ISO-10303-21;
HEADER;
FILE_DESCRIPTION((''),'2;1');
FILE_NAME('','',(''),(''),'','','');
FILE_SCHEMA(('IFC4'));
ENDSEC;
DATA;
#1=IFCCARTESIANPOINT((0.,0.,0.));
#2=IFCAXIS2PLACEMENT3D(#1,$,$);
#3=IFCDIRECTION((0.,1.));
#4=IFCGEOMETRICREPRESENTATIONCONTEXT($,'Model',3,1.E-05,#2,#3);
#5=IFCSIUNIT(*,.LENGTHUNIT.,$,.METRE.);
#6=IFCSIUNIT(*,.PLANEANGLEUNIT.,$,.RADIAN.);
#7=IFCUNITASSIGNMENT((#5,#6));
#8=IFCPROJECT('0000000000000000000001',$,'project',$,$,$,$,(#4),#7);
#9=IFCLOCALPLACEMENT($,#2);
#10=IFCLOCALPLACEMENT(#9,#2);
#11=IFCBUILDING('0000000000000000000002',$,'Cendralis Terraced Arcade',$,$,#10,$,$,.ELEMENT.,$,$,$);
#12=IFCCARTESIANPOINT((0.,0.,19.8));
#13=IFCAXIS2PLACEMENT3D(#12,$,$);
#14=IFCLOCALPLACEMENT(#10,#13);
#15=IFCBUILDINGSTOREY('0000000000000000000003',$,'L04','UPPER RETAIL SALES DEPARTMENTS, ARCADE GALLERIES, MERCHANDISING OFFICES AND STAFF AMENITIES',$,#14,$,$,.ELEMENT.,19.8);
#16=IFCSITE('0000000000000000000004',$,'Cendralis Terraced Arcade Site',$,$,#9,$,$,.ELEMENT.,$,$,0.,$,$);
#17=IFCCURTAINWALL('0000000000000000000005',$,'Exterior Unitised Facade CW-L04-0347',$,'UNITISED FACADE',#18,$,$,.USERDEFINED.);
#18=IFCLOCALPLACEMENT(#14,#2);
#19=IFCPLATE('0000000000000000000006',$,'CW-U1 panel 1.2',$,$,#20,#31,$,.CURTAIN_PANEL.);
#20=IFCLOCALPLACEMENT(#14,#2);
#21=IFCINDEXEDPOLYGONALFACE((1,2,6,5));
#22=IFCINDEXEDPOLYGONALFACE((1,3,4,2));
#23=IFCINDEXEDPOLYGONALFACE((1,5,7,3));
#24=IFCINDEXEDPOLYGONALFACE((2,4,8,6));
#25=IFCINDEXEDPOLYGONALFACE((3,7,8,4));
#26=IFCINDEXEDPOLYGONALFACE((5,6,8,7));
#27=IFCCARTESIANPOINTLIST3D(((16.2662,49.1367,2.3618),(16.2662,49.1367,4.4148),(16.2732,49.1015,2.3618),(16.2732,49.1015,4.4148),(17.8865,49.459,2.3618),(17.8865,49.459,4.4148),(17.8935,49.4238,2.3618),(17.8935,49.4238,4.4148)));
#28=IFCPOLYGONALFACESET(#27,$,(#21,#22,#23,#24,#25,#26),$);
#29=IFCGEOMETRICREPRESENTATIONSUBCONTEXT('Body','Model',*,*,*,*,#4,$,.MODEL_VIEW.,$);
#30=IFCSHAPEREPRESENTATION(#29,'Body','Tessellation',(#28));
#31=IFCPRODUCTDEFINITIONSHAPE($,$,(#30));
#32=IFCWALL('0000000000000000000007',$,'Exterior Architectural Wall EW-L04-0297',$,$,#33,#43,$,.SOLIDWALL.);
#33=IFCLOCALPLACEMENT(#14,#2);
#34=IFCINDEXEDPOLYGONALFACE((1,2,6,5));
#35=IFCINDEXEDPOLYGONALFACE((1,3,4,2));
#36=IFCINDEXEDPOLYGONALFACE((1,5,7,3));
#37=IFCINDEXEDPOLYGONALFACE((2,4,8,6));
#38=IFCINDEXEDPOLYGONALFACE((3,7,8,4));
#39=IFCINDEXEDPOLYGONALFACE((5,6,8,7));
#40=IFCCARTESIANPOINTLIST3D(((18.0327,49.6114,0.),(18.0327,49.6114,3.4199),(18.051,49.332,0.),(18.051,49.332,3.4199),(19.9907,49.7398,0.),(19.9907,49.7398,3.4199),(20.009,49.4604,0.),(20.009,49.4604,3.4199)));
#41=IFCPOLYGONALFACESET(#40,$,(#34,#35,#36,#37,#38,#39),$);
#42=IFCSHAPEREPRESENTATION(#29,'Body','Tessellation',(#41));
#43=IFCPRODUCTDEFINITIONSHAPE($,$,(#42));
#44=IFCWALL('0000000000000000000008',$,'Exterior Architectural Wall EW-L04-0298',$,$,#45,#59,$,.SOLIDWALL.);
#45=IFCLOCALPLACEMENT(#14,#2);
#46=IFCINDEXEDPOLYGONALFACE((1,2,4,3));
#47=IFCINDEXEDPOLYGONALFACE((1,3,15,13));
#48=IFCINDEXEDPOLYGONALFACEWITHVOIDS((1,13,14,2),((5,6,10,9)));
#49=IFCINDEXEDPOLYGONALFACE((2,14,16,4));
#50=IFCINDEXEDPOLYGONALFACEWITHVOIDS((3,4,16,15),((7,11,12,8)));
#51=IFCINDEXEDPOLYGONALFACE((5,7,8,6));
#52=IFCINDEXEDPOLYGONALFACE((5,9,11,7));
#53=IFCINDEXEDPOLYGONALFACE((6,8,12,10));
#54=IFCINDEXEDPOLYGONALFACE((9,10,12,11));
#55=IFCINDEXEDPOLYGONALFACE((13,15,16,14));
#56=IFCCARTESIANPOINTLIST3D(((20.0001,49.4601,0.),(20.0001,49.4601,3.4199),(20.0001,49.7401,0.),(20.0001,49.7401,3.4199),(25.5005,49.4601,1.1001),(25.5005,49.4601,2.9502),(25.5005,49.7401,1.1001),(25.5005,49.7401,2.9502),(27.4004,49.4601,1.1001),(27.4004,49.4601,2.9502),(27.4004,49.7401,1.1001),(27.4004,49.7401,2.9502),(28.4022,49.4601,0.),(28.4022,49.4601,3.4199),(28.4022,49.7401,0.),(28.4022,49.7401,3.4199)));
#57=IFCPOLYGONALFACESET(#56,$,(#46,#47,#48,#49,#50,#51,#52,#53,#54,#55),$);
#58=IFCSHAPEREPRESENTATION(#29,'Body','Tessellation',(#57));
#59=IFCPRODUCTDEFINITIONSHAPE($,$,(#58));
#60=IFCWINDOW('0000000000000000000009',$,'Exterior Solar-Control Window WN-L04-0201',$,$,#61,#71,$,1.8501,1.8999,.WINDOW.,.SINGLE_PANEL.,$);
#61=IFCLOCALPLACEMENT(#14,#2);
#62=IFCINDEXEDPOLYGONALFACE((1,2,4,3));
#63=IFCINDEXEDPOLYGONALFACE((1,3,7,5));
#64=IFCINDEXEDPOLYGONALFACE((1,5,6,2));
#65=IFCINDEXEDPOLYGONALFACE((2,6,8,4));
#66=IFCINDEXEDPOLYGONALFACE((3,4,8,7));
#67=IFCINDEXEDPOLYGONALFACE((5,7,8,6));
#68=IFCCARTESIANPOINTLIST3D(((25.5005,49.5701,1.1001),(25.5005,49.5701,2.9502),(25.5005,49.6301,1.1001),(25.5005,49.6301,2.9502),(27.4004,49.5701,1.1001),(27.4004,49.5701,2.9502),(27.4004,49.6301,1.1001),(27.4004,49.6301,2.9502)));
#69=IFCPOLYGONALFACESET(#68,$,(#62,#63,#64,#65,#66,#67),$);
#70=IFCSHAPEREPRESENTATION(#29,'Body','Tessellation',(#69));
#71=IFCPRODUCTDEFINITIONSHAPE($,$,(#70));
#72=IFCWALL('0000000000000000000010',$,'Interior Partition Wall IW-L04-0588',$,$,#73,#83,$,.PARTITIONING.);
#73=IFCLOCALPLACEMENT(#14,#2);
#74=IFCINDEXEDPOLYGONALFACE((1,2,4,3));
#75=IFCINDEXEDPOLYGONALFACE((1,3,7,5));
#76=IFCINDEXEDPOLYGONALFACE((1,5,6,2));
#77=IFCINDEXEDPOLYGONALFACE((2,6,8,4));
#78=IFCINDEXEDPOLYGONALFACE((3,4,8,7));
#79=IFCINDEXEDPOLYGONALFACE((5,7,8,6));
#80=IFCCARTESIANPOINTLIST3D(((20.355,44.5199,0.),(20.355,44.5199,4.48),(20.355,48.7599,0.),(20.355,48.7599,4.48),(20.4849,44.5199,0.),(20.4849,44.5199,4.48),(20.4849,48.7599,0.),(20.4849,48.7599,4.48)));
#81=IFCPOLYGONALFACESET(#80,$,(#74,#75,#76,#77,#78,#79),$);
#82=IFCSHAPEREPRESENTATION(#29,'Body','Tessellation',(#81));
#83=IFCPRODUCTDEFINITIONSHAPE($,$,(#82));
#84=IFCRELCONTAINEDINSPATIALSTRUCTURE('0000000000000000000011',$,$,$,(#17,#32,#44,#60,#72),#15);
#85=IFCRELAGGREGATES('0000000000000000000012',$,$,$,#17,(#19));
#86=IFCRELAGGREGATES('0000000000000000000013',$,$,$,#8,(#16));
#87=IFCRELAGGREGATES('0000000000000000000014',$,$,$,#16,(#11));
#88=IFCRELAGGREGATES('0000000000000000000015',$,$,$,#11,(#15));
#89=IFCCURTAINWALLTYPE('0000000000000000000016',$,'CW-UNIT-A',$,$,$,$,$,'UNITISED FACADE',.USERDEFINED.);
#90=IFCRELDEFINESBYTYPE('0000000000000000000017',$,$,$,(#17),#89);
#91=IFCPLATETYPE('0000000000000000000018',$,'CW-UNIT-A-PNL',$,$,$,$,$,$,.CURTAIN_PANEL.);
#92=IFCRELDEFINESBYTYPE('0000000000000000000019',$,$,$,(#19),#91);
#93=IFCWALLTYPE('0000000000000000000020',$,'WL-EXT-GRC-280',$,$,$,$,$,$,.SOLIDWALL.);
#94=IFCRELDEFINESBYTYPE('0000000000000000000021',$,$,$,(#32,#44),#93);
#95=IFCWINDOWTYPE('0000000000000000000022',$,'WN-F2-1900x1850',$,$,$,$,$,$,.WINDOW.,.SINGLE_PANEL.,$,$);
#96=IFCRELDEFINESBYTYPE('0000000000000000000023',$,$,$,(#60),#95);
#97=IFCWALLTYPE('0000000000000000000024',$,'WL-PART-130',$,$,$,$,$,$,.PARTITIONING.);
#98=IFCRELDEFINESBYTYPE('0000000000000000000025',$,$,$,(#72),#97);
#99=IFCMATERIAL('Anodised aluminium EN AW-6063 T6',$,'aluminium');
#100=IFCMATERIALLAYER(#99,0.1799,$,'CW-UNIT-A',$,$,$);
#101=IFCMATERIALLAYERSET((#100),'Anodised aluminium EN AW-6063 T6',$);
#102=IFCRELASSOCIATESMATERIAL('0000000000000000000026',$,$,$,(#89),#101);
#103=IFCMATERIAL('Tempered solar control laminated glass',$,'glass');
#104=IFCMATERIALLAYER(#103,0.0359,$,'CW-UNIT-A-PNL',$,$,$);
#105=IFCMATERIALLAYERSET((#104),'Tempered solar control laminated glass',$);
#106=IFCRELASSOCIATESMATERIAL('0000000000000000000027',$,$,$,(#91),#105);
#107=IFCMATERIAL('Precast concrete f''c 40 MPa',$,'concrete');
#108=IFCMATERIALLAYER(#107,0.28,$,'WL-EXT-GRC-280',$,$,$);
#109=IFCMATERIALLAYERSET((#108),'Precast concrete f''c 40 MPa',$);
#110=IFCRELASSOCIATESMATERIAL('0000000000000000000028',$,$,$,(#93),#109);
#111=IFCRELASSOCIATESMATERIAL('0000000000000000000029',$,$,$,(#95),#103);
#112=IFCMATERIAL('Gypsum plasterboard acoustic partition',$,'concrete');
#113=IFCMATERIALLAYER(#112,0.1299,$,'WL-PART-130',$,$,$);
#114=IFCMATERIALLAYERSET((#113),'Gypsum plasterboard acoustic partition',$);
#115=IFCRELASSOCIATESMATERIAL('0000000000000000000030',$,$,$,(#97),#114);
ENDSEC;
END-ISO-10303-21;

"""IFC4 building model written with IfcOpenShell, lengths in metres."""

from ifc_helpers import new_model, si_unit, direction, frame, frame_2d, origin, origin_2d, place, context, subcontext, project, spatial, rectangle, extrude, material, layer, layer_set, type_object, element, fill, aggregate, save


model = new_model("IFC4")

# Units and contexts
model_context = context("Model", 3, precision=1e-05, world=origin(), true_north=direction((0.0, 1.0)))
body_context = subcontext(model_context, "Body", "Model", "MODEL_VIEW")
ifc_project = project(units=[si_unit("LENGTHUNIT", "METRE"), si_unit("PLANEANGLEUNIT", "RADIAN")], contexts=[model_context])

# Site, building, storey
site_placement = place(None, origin())
site = spatial("IfcSite", under=ifc_project, at=site_placement, Name="Cendralis Terraced Arcade Site", CompositionType="ELEMENT", RefElevation=0.0)
building_placement = place(site_placement, origin())
building = spatial("IfcBuilding", under=site, at=building_placement, Name="Cendralis Terraced Arcade", CompositionType="ELEMENT")
storey_placement = place(building_placement, frame((0.0, 0.0, 19.8)))
storey = spatial("IfcBuildingStorey", under=building, at=storey_placement, Name="L04", Description="UPPER RETAIL SALES DEPARTMENTS, ARCADE GALLERIES, MERCHANDISING OFFICES AND STAFF AMENITIES", CompositionType="ELEMENT", Elevation=19.8)

# Shared definitions
ifc_material_1 = material(Name="Anodised aluminium EN AW-6063 T6", Category="aluminium")
ifc_layer_1 = layer(ifc_material_1, 0.1799, Name="CW-UNIT-A")
ifc_layer_set_1 = layer_set([ifc_layer_1], Name="Anodised aluminium EN AW-6063 T6")
curtain_wall_type = type_object("IfcCurtainWallType", Name="CW-UNIT-A", ElementType="UNITISED FACADE", PredefinedType="USERDEFINED", material=ifc_layer_set_1)

# Curtain wall
curtain_wall_1_placement = place(storey_placement, origin())
curtain_wall_1 = element("IfcCurtainWall", 1, at=curtain_wall_1_placement, inside=storey, type_object=curtain_wall_type, Name="Exterior Unitised Facade CW-L04-0347", ObjectType="UNITISED FACADE", PredefinedType="USERDEFINED")

# Plate
ifc_material_2 = material(Name="Tempered solar control laminated glass", Category="glass")
ifc_layer_2 = layer(ifc_material_2, 0.0359, Name="CW-UNIT-A-PNL")
ifc_layer_set_2 = layer_set([ifc_layer_2], Name="Tempered solar control laminated glass")
plate_type = type_object("IfcPlateType", Name="CW-UNIT-A-PNL", PredefinedType="CURTAIN_PANEL", material=ifc_layer_set_2)
plate_1_placement = place(storey_placement, frame((17.0798, 49.2803, 2.3618), z_axis=(0.0, 0.0, 1.0), x_axis=(0.980792, 0.195058, 0.0)))
plate_1 = element("IfcPlate", 2, at=plate_1_placement, type_object=plate_type, Name="CW-U1 panel 1.2", PredefinedType="CURTAIN_PANEL", context=body_context, shape_type="SweptSolid", body=[
    extrude(rectangle(XDim=1.6521, YDim=0.0359, at=origin_2d()), origin(), (0.0, 0.0, 1.0), 2.053),
])
aggregate(curtain_wall_1, [plate_1])

# Wall
ifc_material_3 = material(Name="Precast concrete f'c 40 MPa", Category="concrete")
ifc_layer_3 = layer(ifc_material_3, 0.28, Name="WL-EXT-GRC-280")
ifc_layer_set_3 = layer_set([ifc_layer_3], Name="Precast concrete f'c 40 MPa")
wall_type_1 = type_object("IfcWallType", Name="WL-EXT-GRC-280", PredefinedType="SOLIDWALL", material=ifc_layer_set_3)
wall_1_placement = place(storey_placement, frame((18.042, 49.4717, 0.0), z_axis=(0.0, 0.0, 1.0), x_axis=(0.997856, 0.065445, 0.0)))
element("IfcWall", 3, at=wall_1_placement, inside=storey, type_object=wall_type_1, Name="Exterior Architectural Wall EW-L04-0297", PredefinedType="SOLIDWALL", context=body_context, shape_type="SweptSolid", body=[
    extrude(rectangle(XDim=1.9622, YDim=0.28, at=frame_2d((0.981, 0.0))), origin(), (0.0, 0.0, 1.0), 3.4199),
])

# Wall, opening, window
wall_2_placement = place(storey_placement, frame((20.0, 49.6001, 0.0), z_axis=(0.0, 0.0, 1.0), x_axis=(1.0, 0.0, 0.0)))
wall_2 = element("IfcWall", 4, at=wall_2_placement, inside=storey, type_object=wall_type_1, Name="Exterior Architectural Wall EW-L04-0298", PredefinedType="SOLIDWALL", context=body_context, shape_type="SweptSolid", body=[
    extrude(rectangle(XDim=8.4021, YDim=0.28, at=frame_2d((4.2012, 0.0))), origin(), (0.0, 0.0, 1.0), 3.4199),
])
opening_placement = place(wall_2_placement, frame((5.5005, 0.0, 1.1001)))
opening = element("IfcOpeningElement", 5, at=opening_placement, cuts=wall_2, PredefinedType="OPENING", context=body_context, shape_type="SweptSolid", body=[
    extrude(rectangle(XDim=1.8999, YDim=1.8501, at=frame_2d((0.95, 0.925))), frame((0.0, 0.1519, 0.0), z_axis=(0.0, -1.0, 0.0), x_axis=(1.0, 0.0, 0.0)), (0.0, 0.0, 1.0), 0.304),
])
window_type = type_object("IfcWindowType", Name="WN-F2-1900x1850", PartitioningType="SINGLE_PANEL", PredefinedType="WINDOW", material=ifc_material_2)
window_placement = place(opening_placement, origin())
window = element("IfcWindow", 6, at=window_placement, inside=storey, type_object=window_type, Name="Exterior Solar-Control Window WN-L04-0201", OverallHeight=1.8501, OverallWidth=1.8999, PartitioningType="SINGLE_PANEL", PredefinedType="WINDOW", context=body_context, shape_type="SweptSolid", body=[
    extrude(rectangle(XDim=1.8999, YDim=1.8501, at=frame_2d((0.95, 0.925))), frame((0.0, 0.03, 0.0), z_axis=(0.0, -1.0, 0.0), x_axis=(1.0, 0.0, 0.0)), (0.0, 0.0, 1.0), 0.0601),
])
fill(opening, window)

# Wall
ifc_material_4 = material(Name="Gypsum plasterboard acoustic partition", Category="concrete")
ifc_layer_4 = layer(ifc_material_4, 0.1299, Name="WL-PART-130")
ifc_layer_set_4 = layer_set([ifc_layer_4], Name="Gypsum plasterboard acoustic partition")
wall_type_2 = type_object("IfcWallType", Name="WL-PART-130", PredefinedType="PARTITIONING", material=ifc_layer_set_4)
wall_3_placement = place(storey_placement, frame((20.4199, 48.76, 0.0), z_axis=(0.0, 0.0, 1.0), x_axis=(0.0, -1.0, 0.0)))
element("IfcWall", 7, at=wall_3_placement, inside=storey, type_object=wall_type_2, Name="Interior Partition Wall IW-L04-0588", PredefinedType="PARTITIONING", context=body_context, shape_type="SweptSolid", body=[
    extrude(rectangle(XDim=4.24, YDim=0.1299, at=frame_2d((2.1201, 0.0))), origin(), (0.0, 0.0, 1.0), 4.48),
])

save(model, "model.ifc")
